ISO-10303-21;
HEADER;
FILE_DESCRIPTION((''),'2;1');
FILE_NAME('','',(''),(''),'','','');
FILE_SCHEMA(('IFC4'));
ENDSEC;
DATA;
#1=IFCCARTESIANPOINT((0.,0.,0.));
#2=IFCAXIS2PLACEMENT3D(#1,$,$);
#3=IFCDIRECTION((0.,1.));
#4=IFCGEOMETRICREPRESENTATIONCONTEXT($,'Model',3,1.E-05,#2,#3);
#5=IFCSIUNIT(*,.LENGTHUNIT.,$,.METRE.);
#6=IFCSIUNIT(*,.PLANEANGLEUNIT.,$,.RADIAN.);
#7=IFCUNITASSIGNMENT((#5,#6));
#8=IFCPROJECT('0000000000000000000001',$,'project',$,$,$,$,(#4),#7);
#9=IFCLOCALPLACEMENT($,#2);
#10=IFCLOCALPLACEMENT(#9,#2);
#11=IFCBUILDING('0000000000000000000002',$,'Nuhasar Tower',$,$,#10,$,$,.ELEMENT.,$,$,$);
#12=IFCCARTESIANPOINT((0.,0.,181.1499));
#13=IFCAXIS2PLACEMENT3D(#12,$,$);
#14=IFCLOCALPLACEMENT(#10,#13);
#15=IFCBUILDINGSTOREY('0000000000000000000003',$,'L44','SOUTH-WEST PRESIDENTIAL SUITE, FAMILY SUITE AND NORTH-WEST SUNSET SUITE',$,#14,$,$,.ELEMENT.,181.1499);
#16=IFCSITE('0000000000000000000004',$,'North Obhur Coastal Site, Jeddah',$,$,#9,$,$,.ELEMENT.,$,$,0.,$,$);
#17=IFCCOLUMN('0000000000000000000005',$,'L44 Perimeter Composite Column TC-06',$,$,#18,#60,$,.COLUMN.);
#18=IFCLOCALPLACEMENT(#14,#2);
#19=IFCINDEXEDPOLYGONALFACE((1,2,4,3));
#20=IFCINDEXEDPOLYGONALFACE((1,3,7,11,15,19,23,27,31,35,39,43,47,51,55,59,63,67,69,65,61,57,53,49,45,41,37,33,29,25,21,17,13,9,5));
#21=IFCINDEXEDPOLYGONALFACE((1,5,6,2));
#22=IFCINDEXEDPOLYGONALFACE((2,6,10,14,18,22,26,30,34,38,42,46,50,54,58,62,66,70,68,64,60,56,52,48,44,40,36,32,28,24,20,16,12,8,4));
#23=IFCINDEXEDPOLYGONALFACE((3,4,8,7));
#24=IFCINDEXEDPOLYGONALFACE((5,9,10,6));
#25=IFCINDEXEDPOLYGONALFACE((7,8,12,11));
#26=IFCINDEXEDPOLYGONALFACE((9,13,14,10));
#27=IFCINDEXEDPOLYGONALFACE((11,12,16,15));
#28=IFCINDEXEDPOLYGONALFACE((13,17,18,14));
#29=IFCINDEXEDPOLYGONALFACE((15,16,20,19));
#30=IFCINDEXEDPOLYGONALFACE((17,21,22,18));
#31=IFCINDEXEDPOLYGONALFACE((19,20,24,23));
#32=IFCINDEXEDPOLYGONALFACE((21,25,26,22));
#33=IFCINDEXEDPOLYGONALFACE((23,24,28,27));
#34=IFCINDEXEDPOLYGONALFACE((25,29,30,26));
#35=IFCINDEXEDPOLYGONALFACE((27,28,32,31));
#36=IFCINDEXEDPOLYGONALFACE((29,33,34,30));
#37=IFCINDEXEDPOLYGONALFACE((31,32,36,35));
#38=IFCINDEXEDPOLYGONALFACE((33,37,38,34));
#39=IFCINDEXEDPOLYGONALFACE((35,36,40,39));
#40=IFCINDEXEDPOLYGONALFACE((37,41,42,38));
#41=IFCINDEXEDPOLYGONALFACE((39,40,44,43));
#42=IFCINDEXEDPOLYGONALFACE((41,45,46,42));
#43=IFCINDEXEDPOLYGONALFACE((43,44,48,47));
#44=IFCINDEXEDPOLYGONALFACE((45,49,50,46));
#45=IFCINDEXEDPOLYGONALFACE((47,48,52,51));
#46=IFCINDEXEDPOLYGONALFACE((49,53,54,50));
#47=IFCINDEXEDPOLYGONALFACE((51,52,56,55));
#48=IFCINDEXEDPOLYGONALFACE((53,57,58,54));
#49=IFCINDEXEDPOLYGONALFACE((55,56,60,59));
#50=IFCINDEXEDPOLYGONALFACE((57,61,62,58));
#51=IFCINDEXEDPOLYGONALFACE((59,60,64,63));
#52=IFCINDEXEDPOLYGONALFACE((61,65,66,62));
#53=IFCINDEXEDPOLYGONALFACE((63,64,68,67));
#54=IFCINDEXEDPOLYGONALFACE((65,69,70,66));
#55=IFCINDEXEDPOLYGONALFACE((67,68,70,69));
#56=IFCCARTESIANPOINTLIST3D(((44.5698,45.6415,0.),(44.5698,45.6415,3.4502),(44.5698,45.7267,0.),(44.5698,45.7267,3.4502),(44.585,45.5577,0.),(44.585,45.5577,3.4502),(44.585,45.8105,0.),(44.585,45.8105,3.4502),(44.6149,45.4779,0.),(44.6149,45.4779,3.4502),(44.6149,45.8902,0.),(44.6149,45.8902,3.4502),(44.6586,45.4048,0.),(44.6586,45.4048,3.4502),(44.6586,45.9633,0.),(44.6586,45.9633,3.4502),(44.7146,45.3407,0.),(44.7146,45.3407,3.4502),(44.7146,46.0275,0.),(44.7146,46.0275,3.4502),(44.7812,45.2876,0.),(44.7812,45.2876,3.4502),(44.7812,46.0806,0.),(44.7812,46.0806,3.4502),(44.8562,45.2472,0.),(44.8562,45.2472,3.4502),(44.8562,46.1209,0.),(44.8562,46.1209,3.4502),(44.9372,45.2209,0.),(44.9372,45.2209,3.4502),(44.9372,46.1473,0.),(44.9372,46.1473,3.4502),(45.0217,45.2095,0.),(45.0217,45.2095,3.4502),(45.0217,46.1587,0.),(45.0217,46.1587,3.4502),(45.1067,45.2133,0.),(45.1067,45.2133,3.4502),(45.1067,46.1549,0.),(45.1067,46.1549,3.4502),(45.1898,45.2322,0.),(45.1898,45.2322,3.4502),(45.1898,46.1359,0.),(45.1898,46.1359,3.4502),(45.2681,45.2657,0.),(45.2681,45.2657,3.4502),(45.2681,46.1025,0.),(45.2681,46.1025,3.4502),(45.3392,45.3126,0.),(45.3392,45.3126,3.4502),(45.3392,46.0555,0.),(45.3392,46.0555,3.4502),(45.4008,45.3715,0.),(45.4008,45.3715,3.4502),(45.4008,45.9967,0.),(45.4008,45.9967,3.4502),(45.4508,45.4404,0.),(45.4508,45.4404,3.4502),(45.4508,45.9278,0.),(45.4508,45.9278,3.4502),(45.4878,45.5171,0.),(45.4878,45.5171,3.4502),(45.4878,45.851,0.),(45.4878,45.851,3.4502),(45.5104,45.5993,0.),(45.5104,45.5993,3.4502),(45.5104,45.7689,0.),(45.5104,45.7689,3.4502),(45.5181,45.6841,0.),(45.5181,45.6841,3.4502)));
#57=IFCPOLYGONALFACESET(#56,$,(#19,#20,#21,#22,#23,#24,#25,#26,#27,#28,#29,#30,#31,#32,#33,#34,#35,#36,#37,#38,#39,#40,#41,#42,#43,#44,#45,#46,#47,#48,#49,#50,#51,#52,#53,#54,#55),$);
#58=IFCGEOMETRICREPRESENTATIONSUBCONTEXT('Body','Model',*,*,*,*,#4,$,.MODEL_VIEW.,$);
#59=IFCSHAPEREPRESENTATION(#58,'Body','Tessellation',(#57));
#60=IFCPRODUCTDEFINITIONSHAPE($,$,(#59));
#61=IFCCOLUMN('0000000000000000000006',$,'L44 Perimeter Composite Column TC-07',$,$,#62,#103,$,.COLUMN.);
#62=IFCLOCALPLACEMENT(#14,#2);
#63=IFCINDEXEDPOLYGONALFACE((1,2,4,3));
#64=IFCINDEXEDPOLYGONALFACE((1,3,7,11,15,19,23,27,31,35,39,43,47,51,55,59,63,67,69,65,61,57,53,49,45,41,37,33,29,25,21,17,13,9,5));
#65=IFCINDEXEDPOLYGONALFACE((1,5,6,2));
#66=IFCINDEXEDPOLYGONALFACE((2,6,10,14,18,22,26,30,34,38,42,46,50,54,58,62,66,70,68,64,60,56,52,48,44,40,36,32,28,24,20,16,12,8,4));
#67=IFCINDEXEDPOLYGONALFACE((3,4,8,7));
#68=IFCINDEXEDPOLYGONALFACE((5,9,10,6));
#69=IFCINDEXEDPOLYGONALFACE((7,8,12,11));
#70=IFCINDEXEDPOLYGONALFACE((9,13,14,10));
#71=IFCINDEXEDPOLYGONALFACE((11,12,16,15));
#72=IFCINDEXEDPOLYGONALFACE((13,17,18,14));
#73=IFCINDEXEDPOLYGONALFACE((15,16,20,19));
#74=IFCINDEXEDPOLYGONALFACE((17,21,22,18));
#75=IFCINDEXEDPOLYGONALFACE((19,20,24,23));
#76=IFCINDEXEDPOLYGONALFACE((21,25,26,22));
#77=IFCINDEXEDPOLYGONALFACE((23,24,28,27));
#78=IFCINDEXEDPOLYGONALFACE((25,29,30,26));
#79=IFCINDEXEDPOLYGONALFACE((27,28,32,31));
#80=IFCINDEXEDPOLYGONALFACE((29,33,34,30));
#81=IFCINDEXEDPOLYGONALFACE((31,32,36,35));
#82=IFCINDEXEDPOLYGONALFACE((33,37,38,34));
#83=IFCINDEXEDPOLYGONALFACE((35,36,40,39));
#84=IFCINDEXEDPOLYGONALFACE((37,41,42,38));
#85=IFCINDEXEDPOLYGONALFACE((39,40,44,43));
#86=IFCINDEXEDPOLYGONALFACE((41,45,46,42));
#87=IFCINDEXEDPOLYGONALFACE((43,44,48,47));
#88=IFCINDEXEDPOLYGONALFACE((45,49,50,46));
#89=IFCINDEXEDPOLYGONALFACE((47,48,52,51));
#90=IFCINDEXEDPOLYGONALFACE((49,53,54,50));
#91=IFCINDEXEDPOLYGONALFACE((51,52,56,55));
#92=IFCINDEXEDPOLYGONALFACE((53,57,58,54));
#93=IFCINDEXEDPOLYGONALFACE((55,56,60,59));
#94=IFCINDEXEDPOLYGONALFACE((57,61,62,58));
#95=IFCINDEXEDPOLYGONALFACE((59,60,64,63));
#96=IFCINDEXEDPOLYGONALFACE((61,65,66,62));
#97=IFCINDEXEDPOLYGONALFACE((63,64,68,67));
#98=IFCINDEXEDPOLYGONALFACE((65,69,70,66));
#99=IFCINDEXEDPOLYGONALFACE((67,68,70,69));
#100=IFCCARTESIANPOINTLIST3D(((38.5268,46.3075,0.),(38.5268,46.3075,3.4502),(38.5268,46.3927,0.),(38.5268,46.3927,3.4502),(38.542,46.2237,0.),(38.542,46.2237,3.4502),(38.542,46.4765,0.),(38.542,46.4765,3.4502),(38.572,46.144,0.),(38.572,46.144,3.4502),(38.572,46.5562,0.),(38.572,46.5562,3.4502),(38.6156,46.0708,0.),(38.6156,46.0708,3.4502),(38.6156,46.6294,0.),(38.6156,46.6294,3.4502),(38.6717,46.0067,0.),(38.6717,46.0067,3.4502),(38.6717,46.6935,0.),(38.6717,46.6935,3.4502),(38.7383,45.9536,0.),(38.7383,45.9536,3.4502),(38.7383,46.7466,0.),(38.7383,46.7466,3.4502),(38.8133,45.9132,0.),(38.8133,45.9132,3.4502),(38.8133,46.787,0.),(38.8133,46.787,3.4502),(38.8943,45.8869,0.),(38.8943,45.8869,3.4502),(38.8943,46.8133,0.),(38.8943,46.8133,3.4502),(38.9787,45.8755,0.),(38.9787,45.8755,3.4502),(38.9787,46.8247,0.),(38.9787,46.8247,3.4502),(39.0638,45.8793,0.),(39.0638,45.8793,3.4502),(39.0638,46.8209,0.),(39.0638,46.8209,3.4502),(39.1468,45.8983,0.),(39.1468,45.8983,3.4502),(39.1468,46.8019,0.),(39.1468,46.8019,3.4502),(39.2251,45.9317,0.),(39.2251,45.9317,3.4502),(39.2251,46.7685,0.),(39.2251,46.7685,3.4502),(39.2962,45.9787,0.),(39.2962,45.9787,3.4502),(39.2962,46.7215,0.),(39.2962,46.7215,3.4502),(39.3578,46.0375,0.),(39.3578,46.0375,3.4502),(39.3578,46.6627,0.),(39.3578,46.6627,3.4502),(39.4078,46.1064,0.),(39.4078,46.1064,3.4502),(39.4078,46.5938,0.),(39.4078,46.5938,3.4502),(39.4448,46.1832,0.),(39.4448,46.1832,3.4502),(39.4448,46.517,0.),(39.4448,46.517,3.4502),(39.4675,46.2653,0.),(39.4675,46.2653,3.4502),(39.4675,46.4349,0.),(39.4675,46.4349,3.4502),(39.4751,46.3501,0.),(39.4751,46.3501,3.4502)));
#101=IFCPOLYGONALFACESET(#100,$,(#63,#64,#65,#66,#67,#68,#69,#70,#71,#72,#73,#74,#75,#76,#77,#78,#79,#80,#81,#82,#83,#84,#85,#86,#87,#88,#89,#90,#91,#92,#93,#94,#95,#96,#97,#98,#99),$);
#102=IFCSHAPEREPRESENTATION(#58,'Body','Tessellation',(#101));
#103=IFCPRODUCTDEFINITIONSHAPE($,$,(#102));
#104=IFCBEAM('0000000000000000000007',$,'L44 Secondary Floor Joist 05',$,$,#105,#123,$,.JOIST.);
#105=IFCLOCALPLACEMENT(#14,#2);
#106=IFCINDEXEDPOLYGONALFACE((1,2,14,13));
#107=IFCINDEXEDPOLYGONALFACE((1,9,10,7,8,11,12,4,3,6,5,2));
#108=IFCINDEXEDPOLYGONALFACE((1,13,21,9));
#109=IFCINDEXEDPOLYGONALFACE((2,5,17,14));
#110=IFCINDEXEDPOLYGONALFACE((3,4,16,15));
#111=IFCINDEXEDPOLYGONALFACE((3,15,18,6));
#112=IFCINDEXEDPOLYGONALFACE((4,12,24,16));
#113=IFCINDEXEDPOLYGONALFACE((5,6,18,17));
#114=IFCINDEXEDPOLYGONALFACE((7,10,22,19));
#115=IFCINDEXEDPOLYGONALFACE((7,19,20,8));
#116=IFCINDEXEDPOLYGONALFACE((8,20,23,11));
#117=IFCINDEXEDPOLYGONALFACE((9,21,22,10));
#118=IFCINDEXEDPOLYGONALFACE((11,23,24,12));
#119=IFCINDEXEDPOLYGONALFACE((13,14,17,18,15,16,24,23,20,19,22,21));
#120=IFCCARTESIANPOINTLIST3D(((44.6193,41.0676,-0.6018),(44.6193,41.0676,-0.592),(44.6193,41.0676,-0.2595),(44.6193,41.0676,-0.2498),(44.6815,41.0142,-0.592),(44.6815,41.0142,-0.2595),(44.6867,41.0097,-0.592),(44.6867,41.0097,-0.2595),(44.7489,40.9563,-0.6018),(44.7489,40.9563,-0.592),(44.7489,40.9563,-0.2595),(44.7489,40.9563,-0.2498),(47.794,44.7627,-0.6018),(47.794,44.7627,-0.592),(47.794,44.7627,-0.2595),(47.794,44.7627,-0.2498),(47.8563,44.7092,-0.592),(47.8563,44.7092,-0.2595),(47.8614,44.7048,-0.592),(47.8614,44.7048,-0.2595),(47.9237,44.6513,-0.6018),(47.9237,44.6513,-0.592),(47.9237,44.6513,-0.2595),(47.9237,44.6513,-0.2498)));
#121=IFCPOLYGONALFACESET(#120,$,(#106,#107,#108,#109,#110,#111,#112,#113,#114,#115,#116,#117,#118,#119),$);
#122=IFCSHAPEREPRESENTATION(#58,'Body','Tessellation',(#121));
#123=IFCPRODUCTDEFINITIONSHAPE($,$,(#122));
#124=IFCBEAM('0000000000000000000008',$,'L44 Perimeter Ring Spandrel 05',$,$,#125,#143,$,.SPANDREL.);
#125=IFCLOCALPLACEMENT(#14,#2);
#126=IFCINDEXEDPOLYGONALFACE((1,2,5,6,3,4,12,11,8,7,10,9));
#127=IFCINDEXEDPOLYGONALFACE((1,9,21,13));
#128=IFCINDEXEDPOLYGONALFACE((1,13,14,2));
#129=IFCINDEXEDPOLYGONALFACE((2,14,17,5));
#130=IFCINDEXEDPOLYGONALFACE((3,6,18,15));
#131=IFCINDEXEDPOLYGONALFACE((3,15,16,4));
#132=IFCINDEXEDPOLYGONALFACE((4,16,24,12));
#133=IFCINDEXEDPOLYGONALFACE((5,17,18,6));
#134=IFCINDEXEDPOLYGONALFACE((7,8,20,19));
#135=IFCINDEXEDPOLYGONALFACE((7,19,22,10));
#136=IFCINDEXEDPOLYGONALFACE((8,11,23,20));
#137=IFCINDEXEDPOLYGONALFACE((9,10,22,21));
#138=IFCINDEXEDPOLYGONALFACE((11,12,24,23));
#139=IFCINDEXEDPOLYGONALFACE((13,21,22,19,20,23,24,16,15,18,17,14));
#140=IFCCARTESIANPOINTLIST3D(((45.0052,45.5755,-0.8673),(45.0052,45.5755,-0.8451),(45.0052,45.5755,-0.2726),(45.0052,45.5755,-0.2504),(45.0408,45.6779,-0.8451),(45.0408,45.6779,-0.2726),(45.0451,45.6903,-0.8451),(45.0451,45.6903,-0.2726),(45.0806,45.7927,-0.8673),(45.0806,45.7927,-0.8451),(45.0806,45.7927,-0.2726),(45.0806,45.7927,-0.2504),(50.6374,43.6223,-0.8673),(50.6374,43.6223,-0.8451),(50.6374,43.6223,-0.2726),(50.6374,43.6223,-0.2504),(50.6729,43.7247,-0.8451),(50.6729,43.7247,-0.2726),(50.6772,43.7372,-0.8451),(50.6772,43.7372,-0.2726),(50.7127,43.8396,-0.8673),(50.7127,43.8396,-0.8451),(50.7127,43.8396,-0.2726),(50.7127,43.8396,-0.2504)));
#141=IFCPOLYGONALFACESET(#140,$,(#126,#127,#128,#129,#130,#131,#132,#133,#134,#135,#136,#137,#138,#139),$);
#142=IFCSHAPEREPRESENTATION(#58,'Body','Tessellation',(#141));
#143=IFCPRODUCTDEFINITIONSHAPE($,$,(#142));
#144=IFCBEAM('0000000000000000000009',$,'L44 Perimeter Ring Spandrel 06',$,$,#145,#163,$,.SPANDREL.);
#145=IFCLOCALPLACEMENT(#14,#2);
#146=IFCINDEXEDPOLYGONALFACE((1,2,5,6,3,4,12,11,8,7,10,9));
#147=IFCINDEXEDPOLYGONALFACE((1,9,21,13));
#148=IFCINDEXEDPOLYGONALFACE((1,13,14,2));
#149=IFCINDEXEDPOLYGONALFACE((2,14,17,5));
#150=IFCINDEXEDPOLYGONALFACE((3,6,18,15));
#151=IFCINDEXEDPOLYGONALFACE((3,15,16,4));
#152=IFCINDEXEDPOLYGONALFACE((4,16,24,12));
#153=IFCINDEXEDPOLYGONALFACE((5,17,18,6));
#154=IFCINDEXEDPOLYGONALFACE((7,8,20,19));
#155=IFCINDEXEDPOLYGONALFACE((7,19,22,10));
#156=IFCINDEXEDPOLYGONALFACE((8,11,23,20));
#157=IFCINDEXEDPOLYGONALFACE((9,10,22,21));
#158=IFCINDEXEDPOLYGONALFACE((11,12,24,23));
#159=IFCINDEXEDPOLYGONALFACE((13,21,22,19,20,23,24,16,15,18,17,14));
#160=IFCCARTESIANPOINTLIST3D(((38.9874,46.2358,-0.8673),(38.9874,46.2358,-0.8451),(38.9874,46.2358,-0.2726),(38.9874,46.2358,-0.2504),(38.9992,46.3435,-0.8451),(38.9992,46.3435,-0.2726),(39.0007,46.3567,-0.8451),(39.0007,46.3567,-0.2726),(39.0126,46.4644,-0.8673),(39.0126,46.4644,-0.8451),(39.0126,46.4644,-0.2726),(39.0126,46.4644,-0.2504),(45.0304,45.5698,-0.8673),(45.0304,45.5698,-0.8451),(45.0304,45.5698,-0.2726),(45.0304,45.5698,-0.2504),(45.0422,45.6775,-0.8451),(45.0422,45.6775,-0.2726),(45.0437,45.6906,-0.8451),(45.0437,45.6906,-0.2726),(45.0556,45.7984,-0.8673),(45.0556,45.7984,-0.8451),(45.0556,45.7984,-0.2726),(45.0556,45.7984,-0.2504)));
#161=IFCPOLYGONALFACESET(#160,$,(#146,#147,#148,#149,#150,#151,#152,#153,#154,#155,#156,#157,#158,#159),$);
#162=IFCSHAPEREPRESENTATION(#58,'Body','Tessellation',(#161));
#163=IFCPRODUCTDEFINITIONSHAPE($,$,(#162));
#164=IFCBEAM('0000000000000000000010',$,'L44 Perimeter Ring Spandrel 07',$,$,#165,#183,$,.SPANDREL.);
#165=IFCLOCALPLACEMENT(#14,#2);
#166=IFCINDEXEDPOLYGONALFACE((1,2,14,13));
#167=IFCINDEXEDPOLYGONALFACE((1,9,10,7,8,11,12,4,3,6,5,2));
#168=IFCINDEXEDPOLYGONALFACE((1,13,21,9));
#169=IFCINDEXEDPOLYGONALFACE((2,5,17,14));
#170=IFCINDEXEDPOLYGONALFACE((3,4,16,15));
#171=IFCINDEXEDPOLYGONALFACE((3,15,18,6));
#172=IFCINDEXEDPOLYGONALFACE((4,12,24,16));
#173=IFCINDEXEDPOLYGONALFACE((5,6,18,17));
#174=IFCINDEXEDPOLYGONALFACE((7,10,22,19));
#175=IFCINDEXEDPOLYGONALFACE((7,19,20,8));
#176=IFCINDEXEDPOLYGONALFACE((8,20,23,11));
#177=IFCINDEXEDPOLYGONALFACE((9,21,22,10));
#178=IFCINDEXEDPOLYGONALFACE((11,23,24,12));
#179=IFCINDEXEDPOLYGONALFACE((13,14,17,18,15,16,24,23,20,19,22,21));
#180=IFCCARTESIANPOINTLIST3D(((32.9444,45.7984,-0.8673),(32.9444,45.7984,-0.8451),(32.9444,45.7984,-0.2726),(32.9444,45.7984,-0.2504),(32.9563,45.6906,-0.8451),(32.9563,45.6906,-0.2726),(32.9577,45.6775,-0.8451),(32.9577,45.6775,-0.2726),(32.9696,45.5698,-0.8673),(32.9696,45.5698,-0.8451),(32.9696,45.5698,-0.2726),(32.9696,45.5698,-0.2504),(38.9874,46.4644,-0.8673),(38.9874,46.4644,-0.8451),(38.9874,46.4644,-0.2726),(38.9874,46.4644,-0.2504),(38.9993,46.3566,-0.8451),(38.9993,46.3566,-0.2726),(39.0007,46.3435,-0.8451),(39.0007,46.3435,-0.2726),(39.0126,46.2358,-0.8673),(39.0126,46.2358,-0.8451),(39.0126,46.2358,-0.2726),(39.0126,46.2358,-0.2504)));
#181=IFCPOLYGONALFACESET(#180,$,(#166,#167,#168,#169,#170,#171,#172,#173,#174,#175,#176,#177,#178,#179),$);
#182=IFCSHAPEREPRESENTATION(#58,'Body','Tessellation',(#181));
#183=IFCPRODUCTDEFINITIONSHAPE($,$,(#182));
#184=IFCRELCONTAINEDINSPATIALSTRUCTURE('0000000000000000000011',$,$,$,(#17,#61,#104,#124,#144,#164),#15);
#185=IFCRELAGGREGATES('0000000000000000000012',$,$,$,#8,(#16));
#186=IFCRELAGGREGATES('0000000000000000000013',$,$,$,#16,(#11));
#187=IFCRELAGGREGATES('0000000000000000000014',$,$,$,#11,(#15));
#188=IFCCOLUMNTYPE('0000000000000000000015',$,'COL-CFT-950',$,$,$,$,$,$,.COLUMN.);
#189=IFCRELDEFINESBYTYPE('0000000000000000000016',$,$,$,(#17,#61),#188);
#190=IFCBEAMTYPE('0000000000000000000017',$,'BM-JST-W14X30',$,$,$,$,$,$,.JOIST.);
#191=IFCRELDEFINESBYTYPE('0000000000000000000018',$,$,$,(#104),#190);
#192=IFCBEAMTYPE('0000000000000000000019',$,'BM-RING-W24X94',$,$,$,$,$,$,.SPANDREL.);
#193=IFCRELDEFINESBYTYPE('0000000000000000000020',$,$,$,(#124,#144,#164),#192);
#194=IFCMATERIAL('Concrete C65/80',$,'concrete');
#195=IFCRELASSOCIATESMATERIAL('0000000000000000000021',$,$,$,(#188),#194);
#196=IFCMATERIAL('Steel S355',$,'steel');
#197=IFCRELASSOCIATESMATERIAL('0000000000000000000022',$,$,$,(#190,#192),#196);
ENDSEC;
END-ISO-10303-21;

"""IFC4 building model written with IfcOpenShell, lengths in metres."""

from ifc_helpers import new_model, si_unit, direction, frame, origin, origin_2d, place, context, subcontext, project, spatial, circle, i_section, extrude, material, material_profile, profile_set, type_object, element, save


model = new_model("IFC4")

# Units and contexts
model_context = context("Model", 3, precision=1e-05, world=origin(), true_north=direction((0.0, 1.0)))
body_context = subcontext(model_context, "Body", "Model", "MODEL_VIEW")
ifc_project = project(units=[si_unit("LENGTHUNIT", "METRE"), si_unit("PLANEANGLEUNIT", "RADIAN")], contexts=[model_context])

# Site, building, storey
site_placement = place(None, origin())
site = spatial("IfcSite", under=ifc_project, at=site_placement, Name="North Obhur Coastal Site, Jeddah", CompositionType="ELEMENT", RefElevation=0.0)
building_placement = place(site_placement, origin())
building = spatial("IfcBuilding", under=site, at=building_placement, Name="Nuhasar Tower", CompositionType="ELEMENT")
storey_placement = place(building_placement, frame((0.0, 0.0, 181.1499)))
storey = spatial("IfcBuildingStorey", under=building, at=storey_placement, Name="L44", Description="SOUTH-WEST PRESIDENTIAL SUITE, FAMILY SUITE AND NORTH-WEST SUNSET SUITE", CompositionType="ELEMENT", Elevation=181.1499)

# Columns
ifc_material_1 = material(Name="Concrete C65/80", Category="concrete")
ifc_material_profile_1 = material_profile(ifc_material_1, circle(Radius=0.4751, at=origin_2d()), Name="CFT950")
ifc_profile_set_1 = profile_set([ifc_material_profile_1], Name="Concrete C65/80")
column_type = type_object("IfcColumnType", Name="COL-CFT-950", PredefinedType="COLUMN", material=ifc_profile_set_1)
for number, where, z_axis, x_axis, name in (
    (1, (45.043, 45.6841, 0.0), (0.0, 0.0, 1.0), (1.0, 0.0, 0.0), "L44 Perimeter Composite Column TC-06"),
    (2, (39.0, 46.3501, 0.0), (0.0, 0.0, 1.0), (1.0, 0.0, 0.0), "L44 Perimeter Composite Column TC-07"),
):
    element("IfcColumn", number, at=place(storey_placement, frame(where, z_axis=z_axis, x_axis=x_axis)), inside=storey, type_object=column_type, Name=name, PredefinedType="COLUMN", context=body_context, shape_type="SweptSolid", body=[
        extrude(circle(Radius=0.4751, at=origin_2d()), origin(), (0.0, 0.0, 1.0), 3.4502),
    ])

# Beams
ifc_material_2 = material(Name="Steel S355", Category="steel")
ifc_material_profile_2 = material_profile(ifc_material_2, i_section(OverallWidth=0.1709, OverallDepth=0.3521, WebThickness=0.0068, FlangeThickness=0.0098, at=origin_2d()), Name="W14X30")
ifc_profile_set_2 = profile_set([ifc_material_profile_2], Name="Steel S355")
beam_type_1 = type_object("IfcBeamType", Name="BM-JST-W14X30", PredefinedType="JOIST", material=ifc_profile_set_2)
beam_1_placement = place(storey_placement, frame((44.6841, 41.012, -0.4258), z_axis=(0.651691, 0.758485, 0.0), x_axis=(-0.758485, 0.651691, 0.0)))
element("IfcBeam", 3, at=beam_1_placement, inside=storey, type_object=beam_type_1, Name="L44 Secondary Floor Joist 05", PredefinedType="JOIST", context=body_context, shape_type="SweptSolid", body=[
    extrude(i_section(OverallWidth=0.1709, OverallDepth=0.3521, WebThickness=0.0068, FlangeThickness=0.0098, at=origin_2d()), origin(), (0.0, 0.0, 1.0), 4.8716),
])
ifc_material_profile_3 = material_profile(ifc_material_2, i_section(OverallWidth=0.23, OverallDepth=0.6169, WebThickness=0.0132, FlangeThickness=0.0222, at=origin_2d()), Name="W24X94")
ifc_profile_set_3 = profile_set([ifc_material_profile_3], Name="Steel S355")
beam_type_2 = type_object("IfcBeamType", Name="BM-RING-W24X94", PredefinedType="SPANDREL", material=ifc_profile_set_3)
beam_2_placement = place(storey_placement, frame((50.675, 43.731, -0.5588), z_axis=(-0.944801, 0.327644, 0.0), x_axis=(-0.327644, -0.944801, 0.0)))
element("IfcBeam", 4, at=beam_2_placement, inside=storey, type_object=beam_type_2, Name="L44 Perimeter Ring Spandrel 05", PredefinedType="SPANDREL", context=body_context, shape_type="SweptSolid", body=[
    extrude(i_section(OverallWidth=0.23, OverallDepth=0.6169, WebThickness=0.0132, FlangeThickness=0.0222, at=origin_2d()), origin(), (0.0, 0.0, 1.0), 5.9612),
])
for number, where, z_axis, x_axis, name in (
    (5, (45.043, 45.6841, -0.5588), (-0.993981, 0.10955, 0.0), (-0.10955, -0.993981, 0.0), "L44 Perimeter Ring Spandrel 06"),
    (6, (39.0, 46.3501, -0.5588), (-0.993981, -0.10955, 0.0), (0.10955, -0.993981, 0.0), "L44 Perimeter Ring Spandrel 07"),
):
    element("IfcBeam", number, at=place(storey_placement, frame(where, z_axis=z_axis, x_axis=x_axis)), inside=storey, type_object=beam_type_2, Name=name, PredefinedType="SPANDREL", context=body_context, shape_type="SweptSolid", body=[
        extrude(i_section(OverallWidth=0.23, OverallDepth=0.6169, WebThickness=0.0132, FlangeThickness=0.0222, at=origin_2d()), origin(), (0.0, 0.0, 1.0), 6.0796),
    ])

save(model, "model.ifc")
